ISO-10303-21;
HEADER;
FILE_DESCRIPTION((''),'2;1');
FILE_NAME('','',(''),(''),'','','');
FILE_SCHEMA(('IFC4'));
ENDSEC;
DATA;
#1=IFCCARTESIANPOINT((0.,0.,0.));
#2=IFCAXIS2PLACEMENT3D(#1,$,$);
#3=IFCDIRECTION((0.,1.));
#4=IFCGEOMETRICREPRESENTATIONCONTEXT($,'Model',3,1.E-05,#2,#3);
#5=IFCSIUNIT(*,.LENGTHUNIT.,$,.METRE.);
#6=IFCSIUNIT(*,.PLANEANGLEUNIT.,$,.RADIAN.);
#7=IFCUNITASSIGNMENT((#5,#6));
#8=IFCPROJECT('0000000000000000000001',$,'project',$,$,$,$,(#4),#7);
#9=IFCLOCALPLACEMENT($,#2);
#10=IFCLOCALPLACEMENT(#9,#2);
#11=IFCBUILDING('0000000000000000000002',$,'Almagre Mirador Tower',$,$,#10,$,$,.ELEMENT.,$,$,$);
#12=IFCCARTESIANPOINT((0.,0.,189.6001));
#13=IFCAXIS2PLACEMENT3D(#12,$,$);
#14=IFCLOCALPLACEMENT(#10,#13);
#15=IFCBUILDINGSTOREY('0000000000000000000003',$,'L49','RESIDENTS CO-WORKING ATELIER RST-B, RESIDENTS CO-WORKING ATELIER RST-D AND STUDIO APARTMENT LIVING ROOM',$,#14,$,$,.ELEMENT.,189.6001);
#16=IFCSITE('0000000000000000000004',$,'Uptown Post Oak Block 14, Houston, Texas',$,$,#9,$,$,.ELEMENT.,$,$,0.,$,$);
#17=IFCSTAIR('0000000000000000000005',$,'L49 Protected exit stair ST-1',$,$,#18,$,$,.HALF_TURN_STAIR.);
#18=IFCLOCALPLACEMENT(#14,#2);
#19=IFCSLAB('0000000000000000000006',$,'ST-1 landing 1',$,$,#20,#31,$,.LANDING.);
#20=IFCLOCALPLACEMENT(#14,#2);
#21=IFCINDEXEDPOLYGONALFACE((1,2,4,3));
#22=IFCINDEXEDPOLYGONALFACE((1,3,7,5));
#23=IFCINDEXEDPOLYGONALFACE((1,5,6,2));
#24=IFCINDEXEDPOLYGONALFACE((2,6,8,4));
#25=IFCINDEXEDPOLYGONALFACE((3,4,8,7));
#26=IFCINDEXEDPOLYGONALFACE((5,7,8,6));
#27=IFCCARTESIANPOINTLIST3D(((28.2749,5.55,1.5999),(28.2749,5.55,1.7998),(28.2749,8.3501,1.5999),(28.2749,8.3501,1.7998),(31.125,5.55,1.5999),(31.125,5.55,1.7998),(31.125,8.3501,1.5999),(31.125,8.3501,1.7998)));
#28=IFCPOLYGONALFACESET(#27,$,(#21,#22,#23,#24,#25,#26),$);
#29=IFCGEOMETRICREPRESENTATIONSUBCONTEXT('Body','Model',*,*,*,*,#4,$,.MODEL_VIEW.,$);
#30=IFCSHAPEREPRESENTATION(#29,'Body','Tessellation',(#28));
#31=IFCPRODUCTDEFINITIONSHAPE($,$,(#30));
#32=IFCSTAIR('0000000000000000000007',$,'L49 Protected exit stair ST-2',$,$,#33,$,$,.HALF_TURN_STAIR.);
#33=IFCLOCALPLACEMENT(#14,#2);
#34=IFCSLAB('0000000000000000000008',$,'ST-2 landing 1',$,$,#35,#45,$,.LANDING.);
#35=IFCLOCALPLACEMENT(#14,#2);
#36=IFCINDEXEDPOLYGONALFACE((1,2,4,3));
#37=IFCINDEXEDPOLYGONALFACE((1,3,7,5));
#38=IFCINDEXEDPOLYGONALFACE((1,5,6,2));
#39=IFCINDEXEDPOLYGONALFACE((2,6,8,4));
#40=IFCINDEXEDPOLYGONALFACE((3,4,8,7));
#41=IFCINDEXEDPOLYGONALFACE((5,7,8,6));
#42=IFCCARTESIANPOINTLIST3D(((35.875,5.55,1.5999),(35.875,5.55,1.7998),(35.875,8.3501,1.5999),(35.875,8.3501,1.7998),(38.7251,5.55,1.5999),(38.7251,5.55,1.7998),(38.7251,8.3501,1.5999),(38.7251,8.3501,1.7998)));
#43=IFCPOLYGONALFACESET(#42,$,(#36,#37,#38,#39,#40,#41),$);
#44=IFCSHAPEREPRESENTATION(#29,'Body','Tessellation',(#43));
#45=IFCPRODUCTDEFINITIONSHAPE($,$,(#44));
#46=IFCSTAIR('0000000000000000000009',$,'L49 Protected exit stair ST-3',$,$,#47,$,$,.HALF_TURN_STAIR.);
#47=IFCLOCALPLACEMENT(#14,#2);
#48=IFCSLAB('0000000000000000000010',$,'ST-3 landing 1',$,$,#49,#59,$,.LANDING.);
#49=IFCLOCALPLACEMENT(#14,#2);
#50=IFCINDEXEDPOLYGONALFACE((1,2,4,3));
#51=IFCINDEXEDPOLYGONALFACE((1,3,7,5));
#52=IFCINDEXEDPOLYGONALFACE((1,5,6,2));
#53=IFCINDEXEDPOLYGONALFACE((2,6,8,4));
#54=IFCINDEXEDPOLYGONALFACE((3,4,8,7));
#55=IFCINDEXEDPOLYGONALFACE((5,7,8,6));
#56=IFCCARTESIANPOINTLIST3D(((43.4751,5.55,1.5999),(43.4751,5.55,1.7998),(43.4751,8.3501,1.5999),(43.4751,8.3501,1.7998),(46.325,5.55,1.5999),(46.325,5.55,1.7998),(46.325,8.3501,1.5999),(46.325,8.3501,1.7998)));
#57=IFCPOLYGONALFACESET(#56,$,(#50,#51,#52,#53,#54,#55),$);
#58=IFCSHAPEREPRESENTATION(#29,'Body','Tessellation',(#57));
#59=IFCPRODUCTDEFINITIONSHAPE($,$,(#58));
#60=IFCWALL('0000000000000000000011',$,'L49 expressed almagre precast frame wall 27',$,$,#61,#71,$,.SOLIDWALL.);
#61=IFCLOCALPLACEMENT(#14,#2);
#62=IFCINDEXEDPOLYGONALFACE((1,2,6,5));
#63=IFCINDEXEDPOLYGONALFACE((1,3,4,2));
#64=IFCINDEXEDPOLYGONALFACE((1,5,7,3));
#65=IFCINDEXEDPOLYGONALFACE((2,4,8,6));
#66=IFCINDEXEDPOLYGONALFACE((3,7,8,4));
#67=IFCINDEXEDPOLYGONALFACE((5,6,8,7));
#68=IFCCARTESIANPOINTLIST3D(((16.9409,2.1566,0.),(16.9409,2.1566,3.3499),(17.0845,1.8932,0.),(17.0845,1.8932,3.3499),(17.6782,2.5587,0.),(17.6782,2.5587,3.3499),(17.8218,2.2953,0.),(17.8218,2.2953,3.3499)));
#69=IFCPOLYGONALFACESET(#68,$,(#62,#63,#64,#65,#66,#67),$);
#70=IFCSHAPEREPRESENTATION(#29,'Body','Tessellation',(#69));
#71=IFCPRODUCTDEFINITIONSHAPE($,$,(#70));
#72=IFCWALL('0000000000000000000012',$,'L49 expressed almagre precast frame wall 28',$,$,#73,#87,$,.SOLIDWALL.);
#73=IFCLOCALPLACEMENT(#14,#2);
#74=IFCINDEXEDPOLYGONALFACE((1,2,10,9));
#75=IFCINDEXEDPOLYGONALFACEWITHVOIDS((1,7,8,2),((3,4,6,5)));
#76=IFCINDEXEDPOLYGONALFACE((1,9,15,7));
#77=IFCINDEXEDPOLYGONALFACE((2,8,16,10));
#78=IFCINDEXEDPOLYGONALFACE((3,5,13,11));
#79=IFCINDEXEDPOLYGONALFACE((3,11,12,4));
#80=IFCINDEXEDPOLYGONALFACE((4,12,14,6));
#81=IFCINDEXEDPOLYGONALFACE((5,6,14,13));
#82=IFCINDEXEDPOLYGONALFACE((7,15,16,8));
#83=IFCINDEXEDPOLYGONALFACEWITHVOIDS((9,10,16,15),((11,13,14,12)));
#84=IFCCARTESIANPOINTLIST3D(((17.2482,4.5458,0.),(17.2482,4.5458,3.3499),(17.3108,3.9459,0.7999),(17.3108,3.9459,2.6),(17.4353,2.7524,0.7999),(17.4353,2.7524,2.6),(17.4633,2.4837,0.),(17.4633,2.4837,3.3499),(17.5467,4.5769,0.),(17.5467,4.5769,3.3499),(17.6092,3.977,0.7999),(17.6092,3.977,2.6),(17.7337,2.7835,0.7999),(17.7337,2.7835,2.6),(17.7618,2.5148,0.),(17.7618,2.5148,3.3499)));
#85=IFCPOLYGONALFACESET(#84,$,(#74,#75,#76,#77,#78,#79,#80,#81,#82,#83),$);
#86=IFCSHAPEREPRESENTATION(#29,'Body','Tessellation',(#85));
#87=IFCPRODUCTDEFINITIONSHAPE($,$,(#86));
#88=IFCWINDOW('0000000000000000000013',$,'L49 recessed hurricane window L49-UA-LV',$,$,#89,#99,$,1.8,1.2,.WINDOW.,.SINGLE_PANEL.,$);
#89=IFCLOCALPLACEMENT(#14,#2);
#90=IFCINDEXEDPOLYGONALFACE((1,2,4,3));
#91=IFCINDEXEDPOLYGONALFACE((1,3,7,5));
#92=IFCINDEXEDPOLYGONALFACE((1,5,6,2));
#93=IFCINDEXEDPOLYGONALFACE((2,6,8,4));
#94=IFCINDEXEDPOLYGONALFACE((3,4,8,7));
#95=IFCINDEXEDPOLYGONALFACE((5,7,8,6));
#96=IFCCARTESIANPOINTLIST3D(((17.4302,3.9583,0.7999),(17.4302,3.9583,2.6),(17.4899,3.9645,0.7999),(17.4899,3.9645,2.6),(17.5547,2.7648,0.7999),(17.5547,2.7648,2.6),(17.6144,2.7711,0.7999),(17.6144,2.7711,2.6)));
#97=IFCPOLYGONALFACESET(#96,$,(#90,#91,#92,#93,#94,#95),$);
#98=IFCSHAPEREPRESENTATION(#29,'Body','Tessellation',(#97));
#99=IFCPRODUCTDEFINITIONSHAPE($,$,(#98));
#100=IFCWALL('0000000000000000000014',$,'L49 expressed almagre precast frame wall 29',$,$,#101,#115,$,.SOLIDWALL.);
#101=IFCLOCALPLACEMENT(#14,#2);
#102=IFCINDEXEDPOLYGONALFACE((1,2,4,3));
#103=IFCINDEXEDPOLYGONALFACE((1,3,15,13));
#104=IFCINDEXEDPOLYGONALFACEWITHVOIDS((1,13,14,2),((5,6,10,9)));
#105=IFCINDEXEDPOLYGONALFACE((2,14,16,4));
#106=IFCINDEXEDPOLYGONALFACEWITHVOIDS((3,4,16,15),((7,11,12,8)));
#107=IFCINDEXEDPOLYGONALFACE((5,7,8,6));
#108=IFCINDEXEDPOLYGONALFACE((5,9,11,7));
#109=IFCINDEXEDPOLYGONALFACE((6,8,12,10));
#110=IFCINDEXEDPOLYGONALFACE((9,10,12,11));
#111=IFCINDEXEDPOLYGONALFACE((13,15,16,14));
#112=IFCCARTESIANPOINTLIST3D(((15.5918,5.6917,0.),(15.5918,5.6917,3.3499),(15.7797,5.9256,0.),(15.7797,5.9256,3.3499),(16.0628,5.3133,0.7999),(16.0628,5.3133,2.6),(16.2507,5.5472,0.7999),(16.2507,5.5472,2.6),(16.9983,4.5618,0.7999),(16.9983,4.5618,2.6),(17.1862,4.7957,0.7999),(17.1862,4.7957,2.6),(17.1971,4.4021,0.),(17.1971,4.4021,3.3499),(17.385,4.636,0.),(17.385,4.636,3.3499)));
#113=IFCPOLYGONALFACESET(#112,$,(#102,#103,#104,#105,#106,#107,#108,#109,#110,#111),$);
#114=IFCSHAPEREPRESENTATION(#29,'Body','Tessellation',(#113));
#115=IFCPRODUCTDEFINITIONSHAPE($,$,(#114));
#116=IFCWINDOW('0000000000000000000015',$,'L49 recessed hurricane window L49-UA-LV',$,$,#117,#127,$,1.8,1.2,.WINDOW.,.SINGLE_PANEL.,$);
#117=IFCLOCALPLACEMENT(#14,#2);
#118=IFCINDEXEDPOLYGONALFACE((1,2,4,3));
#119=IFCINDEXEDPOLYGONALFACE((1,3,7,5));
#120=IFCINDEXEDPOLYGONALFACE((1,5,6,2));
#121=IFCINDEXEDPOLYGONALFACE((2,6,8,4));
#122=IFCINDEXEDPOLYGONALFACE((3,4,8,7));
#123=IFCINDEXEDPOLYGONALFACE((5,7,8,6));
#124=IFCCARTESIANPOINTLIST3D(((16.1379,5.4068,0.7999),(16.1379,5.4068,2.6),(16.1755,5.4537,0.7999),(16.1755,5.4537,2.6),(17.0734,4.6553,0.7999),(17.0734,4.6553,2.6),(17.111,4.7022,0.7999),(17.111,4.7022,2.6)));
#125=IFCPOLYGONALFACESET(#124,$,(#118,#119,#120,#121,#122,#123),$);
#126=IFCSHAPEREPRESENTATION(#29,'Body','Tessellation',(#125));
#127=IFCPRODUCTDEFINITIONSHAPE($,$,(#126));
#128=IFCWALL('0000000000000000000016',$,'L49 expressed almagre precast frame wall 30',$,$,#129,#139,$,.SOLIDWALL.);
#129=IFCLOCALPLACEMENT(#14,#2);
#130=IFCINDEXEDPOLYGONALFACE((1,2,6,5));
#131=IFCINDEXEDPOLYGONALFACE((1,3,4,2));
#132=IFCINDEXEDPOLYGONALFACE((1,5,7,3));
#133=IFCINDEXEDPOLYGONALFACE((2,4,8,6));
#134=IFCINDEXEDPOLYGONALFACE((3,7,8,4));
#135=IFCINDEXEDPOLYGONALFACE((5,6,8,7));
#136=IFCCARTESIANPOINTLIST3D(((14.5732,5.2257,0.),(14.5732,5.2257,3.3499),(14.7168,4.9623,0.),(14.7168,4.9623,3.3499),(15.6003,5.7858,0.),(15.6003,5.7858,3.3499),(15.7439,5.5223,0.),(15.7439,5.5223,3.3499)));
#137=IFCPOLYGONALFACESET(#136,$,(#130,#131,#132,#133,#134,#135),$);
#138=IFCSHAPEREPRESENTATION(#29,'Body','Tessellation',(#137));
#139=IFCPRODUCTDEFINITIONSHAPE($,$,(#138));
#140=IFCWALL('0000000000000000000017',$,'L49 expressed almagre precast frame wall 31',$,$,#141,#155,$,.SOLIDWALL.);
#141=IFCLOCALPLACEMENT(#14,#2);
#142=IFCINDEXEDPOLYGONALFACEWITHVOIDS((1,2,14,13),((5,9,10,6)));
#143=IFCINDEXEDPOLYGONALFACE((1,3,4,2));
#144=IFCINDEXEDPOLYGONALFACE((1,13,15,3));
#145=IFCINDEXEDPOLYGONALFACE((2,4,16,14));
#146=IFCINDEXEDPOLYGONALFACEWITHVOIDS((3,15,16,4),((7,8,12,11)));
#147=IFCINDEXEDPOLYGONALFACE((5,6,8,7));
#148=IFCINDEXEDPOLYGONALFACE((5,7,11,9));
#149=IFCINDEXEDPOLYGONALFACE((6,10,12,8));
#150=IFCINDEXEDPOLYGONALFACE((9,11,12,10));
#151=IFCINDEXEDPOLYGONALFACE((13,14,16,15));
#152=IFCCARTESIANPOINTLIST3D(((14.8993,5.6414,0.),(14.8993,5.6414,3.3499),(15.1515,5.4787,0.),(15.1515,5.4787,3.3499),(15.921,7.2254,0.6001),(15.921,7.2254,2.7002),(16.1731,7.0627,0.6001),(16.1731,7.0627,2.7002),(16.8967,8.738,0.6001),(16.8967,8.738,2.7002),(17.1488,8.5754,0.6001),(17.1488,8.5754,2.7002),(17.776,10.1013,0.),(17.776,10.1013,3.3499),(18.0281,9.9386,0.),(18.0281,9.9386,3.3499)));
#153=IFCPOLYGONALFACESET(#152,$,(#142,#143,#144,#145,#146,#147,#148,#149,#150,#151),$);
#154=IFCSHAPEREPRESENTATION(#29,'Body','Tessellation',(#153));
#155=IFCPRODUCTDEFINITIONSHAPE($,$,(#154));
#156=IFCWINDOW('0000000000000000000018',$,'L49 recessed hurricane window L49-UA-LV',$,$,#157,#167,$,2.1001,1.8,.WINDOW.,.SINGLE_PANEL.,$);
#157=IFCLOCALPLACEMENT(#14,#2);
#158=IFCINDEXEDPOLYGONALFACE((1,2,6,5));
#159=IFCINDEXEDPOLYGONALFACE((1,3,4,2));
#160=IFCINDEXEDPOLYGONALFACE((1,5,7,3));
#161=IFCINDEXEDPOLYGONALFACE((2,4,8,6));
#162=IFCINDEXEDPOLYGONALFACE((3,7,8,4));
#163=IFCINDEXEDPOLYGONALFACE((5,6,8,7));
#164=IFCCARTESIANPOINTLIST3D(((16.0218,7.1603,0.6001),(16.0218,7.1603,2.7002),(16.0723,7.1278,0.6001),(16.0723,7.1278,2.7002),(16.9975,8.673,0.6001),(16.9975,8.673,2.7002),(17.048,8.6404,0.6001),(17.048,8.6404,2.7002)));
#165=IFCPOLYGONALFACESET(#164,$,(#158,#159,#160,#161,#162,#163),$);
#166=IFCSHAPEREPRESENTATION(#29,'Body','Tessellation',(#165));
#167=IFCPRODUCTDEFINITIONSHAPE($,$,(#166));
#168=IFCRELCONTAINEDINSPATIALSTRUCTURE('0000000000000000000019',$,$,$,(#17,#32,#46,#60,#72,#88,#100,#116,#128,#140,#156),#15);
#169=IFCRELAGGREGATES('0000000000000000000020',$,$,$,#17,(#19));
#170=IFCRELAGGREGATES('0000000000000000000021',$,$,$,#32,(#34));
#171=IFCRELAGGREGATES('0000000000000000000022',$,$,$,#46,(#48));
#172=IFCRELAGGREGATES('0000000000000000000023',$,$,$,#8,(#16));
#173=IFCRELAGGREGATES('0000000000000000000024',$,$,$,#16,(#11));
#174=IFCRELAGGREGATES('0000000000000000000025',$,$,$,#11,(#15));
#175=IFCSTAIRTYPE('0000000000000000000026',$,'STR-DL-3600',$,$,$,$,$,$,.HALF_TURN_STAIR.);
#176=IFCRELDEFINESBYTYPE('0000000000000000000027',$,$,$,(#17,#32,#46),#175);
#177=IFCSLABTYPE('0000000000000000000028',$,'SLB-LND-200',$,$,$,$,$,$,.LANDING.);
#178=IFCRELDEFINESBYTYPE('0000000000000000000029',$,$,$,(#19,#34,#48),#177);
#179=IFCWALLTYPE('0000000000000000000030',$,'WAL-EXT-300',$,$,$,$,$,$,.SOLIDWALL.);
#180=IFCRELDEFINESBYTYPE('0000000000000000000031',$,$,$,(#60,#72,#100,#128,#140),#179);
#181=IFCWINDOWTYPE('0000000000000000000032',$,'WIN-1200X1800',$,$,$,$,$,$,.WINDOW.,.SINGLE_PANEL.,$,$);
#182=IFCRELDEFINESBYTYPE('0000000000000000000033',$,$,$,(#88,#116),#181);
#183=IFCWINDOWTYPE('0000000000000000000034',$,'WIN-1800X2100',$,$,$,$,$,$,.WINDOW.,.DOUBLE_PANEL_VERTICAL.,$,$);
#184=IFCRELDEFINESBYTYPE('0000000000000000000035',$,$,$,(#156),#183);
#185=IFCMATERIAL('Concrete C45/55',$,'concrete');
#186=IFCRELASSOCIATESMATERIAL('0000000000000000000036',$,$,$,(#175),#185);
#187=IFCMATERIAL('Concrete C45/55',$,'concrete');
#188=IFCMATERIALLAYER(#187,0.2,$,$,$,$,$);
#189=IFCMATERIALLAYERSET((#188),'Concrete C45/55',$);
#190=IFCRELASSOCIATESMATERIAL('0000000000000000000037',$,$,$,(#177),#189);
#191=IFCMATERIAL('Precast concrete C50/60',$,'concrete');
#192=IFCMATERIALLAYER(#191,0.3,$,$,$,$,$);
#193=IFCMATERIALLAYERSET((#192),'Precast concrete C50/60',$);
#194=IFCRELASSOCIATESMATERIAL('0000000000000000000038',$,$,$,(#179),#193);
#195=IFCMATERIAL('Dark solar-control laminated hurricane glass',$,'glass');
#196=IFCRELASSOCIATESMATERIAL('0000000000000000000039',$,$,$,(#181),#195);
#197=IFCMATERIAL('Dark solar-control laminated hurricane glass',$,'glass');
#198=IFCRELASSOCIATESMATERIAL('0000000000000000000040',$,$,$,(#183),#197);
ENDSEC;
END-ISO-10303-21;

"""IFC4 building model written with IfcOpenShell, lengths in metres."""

from ifc_helpers import new_model, si_unit, direction, frame, frame_2d, origin, place, context, subcontext, project, spatial, polyline, rectangle, outline, extrude, material, layer, layer_set, type_object, element, fill, aggregate, save


model = new_model("IFC4")

# Units and contexts
model_context = context("Model", 3, precision=1e-05, world=origin(), true_north=direction((0.0, 1.0)))
body_context = subcontext(model_context, "Body", "Model", "MODEL_VIEW")
ifc_project = project(units=[si_unit("LENGTHUNIT", "METRE"), si_unit("PLANEANGLEUNIT", "RADIAN")], contexts=[model_context])

# Site, building, storey
site_placement = place(None, origin())
site = spatial("IfcSite", under=ifc_project, at=site_placement, Name="Uptown Post Oak Block 14, Houston, Texas", CompositionType="ELEMENT", RefElevation=0.0)
building_placement = place(site_placement, origin())
building = spatial("IfcBuilding", under=site, at=building_placement, Name="Almagre Mirador Tower", CompositionType="ELEMENT")
storey_placement = place(building_placement, frame((0.0, 0.0, 189.6001)))
storey = spatial("IfcBuildingStorey", under=building, at=storey_placement, Name="L49", Description="RESIDENTS CO-WORKING ATELIER RST-B, RESIDENTS CO-WORKING ATELIER RST-D AND STUDIO APARTMENT LIVING ROOM", CompositionType="ELEMENT", Elevation=189.6001)

# Stairs, slabs
ifc_material_1 = material(Name="Concrete C45/55", Category="concrete")
stair_type = type_object("IfcStairType", Name="STR-DL-3600", PredefinedType="HALF_TURN_STAIR", material=ifc_material_1)
stair_1_placement = place(storey_placement, origin())
stair_1 = element("IfcStair", 1, at=stair_1_placement, inside=storey, type_object=stair_type, Name="L49 Protected exit stair ST-1", PredefinedType="HALF_TURN_STAIR")
ifc_material_2 = material(Name="Concrete C45/55", Category="concrete")
ifc_layer_1 = layer(ifc_material_2, 0.2)
ifc_layer_set_1 = layer_set([ifc_layer_1], Name="Concrete C45/55")
slab_type_1 = type_object("IfcSlabType", Name="SLB-LND-200", PredefinedType="LANDING", material=ifc_layer_set_1)
slab_1_placement = place(storey_placement, frame((0.0, 0.0, 1.5999)))
slab_1 = element("IfcSlab", 2, at=slab_1_placement, type_object=slab_type_1, Name="ST-1 landing 1", PredefinedType="LANDING", context=body_context, shape_type="SweptSolid", body=[
    extrude(outline(polyline([(28.2749, 8.3501), (28.2749, 5.55), (31.125, 5.55), (31.125, 8.3501), (28.2749, 8.3501)])), origin(), (0.0, 0.0, 1.0), 0.2),
])
aggregate(stair_1, [slab_1])
stair_2_placement = place(storey_placement, origin())
stair_2 = element("IfcStair", 3, at=stair_2_placement, inside=storey, type_object=stair_type, Name="L49 Protected exit stair ST-2", PredefinedType="HALF_TURN_STAIR")
slab_2_placement = place(storey_placement, frame((0.0, 0.0, 1.5999)))
slab_2 = element("IfcSlab", 4, at=slab_2_placement, type_object=slab_type_1, Name="ST-2 landing 1", PredefinedType="LANDING", context=body_context, shape_type="SweptSolid", body=[
    extrude(outline(polyline([(35.875, 8.3501), (35.875, 5.55), (38.7251, 5.55), (38.7251, 8.3501), (35.875, 8.3501)])), origin(), (0.0, 0.0, 1.0), 0.2),
])
aggregate(stair_2, [slab_2])
stair_3_placement = place(storey_placement, origin())
stair_3 = element("IfcStair", 5, at=stair_3_placement, inside=storey, type_object=stair_type, Name="L49 Protected exit stair ST-3", PredefinedType="HALF_TURN_STAIR")
slab_3_placement = place(storey_placement, frame((0.0, 0.0, 1.5999)))
slab_3 = element("IfcSlab", 6, at=slab_3_placement, type_object=slab_type_1, Name="ST-3 landing 1", PredefinedType="LANDING", context=body_context, shape_type="SweptSolid", body=[
    extrude(outline(polyline([(43.4751, 8.3501), (43.4751, 5.55), (46.325, 5.55), (46.325, 8.3501), (43.4751, 8.3501)])), origin(), (0.0, 0.0, 1.0), 0.2),
])
aggregate(stair_3, [slab_3])

# Wall
ifc_material_3 = material(Name="Precast concrete C50/60", Category="concrete")
ifc_layer_2 = layer(ifc_material_3, 0.3)
ifc_layer_set_2 = layer_set([ifc_layer_2], Name="Precast concrete C50/60")
wall_type_1 = type_object("IfcWallType", Name="WAL-EXT-300", PredefinedType="SOLIDWALL", material=ifc_layer_set_2)
wall_1_placement = place(storey_placement, frame((17.0127, 2.0249, 0.0), z_axis=(0.0, 0.0, 1.0), x_axis=(0.877929, 0.478791, 0.0)))
element("IfcWall", 7, at=wall_1_placement, inside=storey, type_object=wall_type_1, Name="L49 expressed almagre precast frame wall 27", PredefinedType="SOLIDWALL", context=body_context, shape_type="SweptSolid", body=[
    extrude(rectangle(XDim=0.8398, YDim=0.3, at=frame_2d((0.4199, 0.0))), origin(), (0.0, 0.0, 1.0), 3.3499),
])

# Walls, openings, windows
wall_2_placement = place(storey_placement, frame((17.6125, 2.4993, 0.0), z_axis=(0.0, 0.0, 1.0), x_axis=(-0.103747, 0.994604, 0.0)))
wall_2 = element("IfcWall", 8, at=wall_2_placement, inside=storey, type_object=wall_type_1, Name="L49 expressed almagre precast frame wall 28", PredefinedType="SOLIDWALL", context=body_context, shape_type="SweptSolid", body=[
    extrude(rectangle(XDim=2.0732, YDim=0.3, at=frame_2d((1.0366, 0.0))), origin(), (0.0, 0.0, 1.0), 3.3499),
])
opening_1_placement = place(wall_2_placement, frame((0.27, 0.0, 0.8)))
opening_1 = element("IfcOpeningElement", 9, at=opening_1_placement, cuts=wall_2, PredefinedType="OPENING", context=body_context, shape_type="SweptSolid", body=[
    extrude(rectangle(XDim=1.2, YDim=1.8, at=frame_2d((0.6001, 0.8999))), frame((0.0, 0.1599, 0.0), z_axis=(0.0, -1.0, 0.0), x_axis=(1.0, 0.0, 0.0)), (0.0, 0.0, 1.0), 0.32),
])
ifc_material_4 = material(Name="Dark solar-control laminated hurricane glass", Category="glass")
window_type_1 = type_object("IfcWindowType", Name="WIN-1200X1800", PartitioningType="SINGLE_PANEL", PredefinedType="WINDOW", material=ifc_material_4)
window_1_placement = place(opening_1_placement, origin())
window_1 = element("IfcWindow", 10, at=window_1_placement, inside=storey, type_object=window_type_1, Name="L49 recessed hurricane window L49-UA-LV", OverallHeight=1.8, OverallWidth=1.2, PartitioningType="SINGLE_PANEL", PredefinedType="WINDOW", context=body_context, shape_type="SweptSolid", body=[
    extrude(rectangle(XDim=1.2, YDim=1.8, at=frame_2d((0.6001, 0.8999))), frame((0.0, 0.03, 0.0), z_axis=(0.0, -1.0, 0.0), x_axis=(1.0, 0.0, 0.0)), (0.0, 0.0, 1.0), 0.0601),
])
fill(opening_1, window_1)
wall_3_placement = place(storey_placement, frame((17.291, 4.519, 0.0), z_axis=(0.0, 0.0, 1.0), x_axis=(-0.779595, 0.626284, 0.0)))
wall_3 = element("IfcWall", 11, at=wall_3_placement, inside=storey, type_object=wall_type_1, Name="L49 expressed almagre precast frame wall 29", PredefinedType="SOLIDWALL", context=body_context, shape_type="SweptSolid", body=[
    extrude(rectangle(XDim=2.0591, YDim=0.3, at=frame_2d((1.0295, 0.0))), origin(), (0.0, 0.0, 1.0), 3.3499),
])
opening_2_placement = place(wall_3_placement, frame((0.2549, 0.0, 0.8)))
opening_2 = element("IfcOpeningElement", 12, at=opening_2_placement, cuts=wall_3, PredefinedType="OPENING", context=body_context, shape_type="SweptSolid", body=[
    extrude(rectangle(XDim=1.2, YDim=1.8, at=frame_2d((0.6001, 0.8999))), frame((0.0, 0.1599, 0.0), z_axis=(0.0, -1.0, 0.0), x_axis=(1.0, 0.0, 0.0)), (0.0, 0.0, 1.0), 0.32),
])
window_2_placement = place(opening_2_placement, origin())
window_2 = element("IfcWindow", 13, at=window_2_placement, inside=storey, type_object=window_type_1, Name="L49 recessed hurricane window L49-UA-LV", OverallHeight=1.8, OverallWidth=1.2, PartitioningType="SINGLE_PANEL", PredefinedType="WINDOW", context=body_context, shape_type="SweptSolid", body=[
    extrude(rectangle(XDim=1.2, YDim=1.8, at=frame_2d((0.6001, 0.8999))), frame((0.0, 0.03, 0.0), z_axis=(0.0, -1.0, 0.0), x_axis=(1.0, 0.0, 0.0)), (0.0, 0.0, 1.0), 0.0601),
])
fill(opening_2, window_2)

# Wall
wall_4_placement = place(storey_placement, frame((15.6721, 5.6541, 0.0), z_axis=(0.0, 0.0, 1.0), x_axis=(-0.877959, -0.478735, 0.0)))
element("IfcWall", 14, at=wall_4_placement, inside=storey, type_object=wall_type_1, Name="L49 expressed almagre precast frame wall 30", PredefinedType="SOLIDWALL", context=body_context, shape_type="SweptSolid", body=[
    extrude(rectangle(XDim=1.1699, YDim=0.3, at=frame_2d((0.585, 0.0))), origin(), (0.0, 0.0, 1.0), 3.3499),
])

# Wall, opening, window
wall_5_placement = place(storey_placement, frame((15.0254, 5.5601, 0.0), z_axis=(0.0, 0.0, 1.0), x_axis=(0.542036, 0.840355, 0.0)))
wall_5 = element("IfcWall", 15, at=wall_5_placement, inside=storey, type_object=wall_type_1, Name="L49 expressed almagre precast frame wall 31", PredefinedType="SOLIDWALL", context=body_context, shape_type="SweptSolid", body=[
    extrude(rectangle(XDim=5.3071, YDim=0.3, at=frame_2d((2.6536, 0.0))), origin(), (0.0, 0.0, 1.0), 3.3499),
])
opening_3_placement = place(wall_5_placement, frame((1.885, 0.0, 0.6001)))
opening_3 = element("IfcOpeningElement", 16, at=opening_3_placement, cuts=wall_5, PredefinedType="OPENING", context=body_context, shape_type="SweptSolid", body=[
    extrude(rectangle(XDim=1.8, YDim=2.1001, at=frame_2d((0.8999, 1.05))), frame((0.0, 0.1599, 0.0), z_axis=(0.0, -1.0, 0.0), x_axis=(1.0, 0.0, 0.0)), (0.0, 0.0, 1.0), 0.32),
])
ifc_material_5 = material(Name="Dark solar-control laminated hurricane glass", Category="glass")
window_type_2 = type_object("IfcWindowType", Name="WIN-1800X2100", PartitioningType="DOUBLE_PANEL_VERTICAL", PredefinedType="WINDOW", material=ifc_material_5)
window_3_placement = place(opening_3_placement, origin())
window_3 = element("IfcWindow", 17, at=window_3_placement, inside=storey, type_object=window_type_2, Name="L49 recessed hurricane window L49-UA-LV", OverallHeight=2.1001, OverallWidth=1.8, PartitioningType="SINGLE_PANEL", PredefinedType="WINDOW", context=body_context, shape_type="SweptSolid", body=[
    extrude(rectangle(XDim=1.8, YDim=2.1001, at=frame_2d((0.8999, 1.05))), frame((0.0, 0.03, 0.0), z_axis=(0.0, -1.0, 0.0), x_axis=(1.0, 0.0, 0.0)), (0.0, 0.0, 1.0), 0.0601),
])
fill(opening_3, window_3)

save(model, "model.ifc")
